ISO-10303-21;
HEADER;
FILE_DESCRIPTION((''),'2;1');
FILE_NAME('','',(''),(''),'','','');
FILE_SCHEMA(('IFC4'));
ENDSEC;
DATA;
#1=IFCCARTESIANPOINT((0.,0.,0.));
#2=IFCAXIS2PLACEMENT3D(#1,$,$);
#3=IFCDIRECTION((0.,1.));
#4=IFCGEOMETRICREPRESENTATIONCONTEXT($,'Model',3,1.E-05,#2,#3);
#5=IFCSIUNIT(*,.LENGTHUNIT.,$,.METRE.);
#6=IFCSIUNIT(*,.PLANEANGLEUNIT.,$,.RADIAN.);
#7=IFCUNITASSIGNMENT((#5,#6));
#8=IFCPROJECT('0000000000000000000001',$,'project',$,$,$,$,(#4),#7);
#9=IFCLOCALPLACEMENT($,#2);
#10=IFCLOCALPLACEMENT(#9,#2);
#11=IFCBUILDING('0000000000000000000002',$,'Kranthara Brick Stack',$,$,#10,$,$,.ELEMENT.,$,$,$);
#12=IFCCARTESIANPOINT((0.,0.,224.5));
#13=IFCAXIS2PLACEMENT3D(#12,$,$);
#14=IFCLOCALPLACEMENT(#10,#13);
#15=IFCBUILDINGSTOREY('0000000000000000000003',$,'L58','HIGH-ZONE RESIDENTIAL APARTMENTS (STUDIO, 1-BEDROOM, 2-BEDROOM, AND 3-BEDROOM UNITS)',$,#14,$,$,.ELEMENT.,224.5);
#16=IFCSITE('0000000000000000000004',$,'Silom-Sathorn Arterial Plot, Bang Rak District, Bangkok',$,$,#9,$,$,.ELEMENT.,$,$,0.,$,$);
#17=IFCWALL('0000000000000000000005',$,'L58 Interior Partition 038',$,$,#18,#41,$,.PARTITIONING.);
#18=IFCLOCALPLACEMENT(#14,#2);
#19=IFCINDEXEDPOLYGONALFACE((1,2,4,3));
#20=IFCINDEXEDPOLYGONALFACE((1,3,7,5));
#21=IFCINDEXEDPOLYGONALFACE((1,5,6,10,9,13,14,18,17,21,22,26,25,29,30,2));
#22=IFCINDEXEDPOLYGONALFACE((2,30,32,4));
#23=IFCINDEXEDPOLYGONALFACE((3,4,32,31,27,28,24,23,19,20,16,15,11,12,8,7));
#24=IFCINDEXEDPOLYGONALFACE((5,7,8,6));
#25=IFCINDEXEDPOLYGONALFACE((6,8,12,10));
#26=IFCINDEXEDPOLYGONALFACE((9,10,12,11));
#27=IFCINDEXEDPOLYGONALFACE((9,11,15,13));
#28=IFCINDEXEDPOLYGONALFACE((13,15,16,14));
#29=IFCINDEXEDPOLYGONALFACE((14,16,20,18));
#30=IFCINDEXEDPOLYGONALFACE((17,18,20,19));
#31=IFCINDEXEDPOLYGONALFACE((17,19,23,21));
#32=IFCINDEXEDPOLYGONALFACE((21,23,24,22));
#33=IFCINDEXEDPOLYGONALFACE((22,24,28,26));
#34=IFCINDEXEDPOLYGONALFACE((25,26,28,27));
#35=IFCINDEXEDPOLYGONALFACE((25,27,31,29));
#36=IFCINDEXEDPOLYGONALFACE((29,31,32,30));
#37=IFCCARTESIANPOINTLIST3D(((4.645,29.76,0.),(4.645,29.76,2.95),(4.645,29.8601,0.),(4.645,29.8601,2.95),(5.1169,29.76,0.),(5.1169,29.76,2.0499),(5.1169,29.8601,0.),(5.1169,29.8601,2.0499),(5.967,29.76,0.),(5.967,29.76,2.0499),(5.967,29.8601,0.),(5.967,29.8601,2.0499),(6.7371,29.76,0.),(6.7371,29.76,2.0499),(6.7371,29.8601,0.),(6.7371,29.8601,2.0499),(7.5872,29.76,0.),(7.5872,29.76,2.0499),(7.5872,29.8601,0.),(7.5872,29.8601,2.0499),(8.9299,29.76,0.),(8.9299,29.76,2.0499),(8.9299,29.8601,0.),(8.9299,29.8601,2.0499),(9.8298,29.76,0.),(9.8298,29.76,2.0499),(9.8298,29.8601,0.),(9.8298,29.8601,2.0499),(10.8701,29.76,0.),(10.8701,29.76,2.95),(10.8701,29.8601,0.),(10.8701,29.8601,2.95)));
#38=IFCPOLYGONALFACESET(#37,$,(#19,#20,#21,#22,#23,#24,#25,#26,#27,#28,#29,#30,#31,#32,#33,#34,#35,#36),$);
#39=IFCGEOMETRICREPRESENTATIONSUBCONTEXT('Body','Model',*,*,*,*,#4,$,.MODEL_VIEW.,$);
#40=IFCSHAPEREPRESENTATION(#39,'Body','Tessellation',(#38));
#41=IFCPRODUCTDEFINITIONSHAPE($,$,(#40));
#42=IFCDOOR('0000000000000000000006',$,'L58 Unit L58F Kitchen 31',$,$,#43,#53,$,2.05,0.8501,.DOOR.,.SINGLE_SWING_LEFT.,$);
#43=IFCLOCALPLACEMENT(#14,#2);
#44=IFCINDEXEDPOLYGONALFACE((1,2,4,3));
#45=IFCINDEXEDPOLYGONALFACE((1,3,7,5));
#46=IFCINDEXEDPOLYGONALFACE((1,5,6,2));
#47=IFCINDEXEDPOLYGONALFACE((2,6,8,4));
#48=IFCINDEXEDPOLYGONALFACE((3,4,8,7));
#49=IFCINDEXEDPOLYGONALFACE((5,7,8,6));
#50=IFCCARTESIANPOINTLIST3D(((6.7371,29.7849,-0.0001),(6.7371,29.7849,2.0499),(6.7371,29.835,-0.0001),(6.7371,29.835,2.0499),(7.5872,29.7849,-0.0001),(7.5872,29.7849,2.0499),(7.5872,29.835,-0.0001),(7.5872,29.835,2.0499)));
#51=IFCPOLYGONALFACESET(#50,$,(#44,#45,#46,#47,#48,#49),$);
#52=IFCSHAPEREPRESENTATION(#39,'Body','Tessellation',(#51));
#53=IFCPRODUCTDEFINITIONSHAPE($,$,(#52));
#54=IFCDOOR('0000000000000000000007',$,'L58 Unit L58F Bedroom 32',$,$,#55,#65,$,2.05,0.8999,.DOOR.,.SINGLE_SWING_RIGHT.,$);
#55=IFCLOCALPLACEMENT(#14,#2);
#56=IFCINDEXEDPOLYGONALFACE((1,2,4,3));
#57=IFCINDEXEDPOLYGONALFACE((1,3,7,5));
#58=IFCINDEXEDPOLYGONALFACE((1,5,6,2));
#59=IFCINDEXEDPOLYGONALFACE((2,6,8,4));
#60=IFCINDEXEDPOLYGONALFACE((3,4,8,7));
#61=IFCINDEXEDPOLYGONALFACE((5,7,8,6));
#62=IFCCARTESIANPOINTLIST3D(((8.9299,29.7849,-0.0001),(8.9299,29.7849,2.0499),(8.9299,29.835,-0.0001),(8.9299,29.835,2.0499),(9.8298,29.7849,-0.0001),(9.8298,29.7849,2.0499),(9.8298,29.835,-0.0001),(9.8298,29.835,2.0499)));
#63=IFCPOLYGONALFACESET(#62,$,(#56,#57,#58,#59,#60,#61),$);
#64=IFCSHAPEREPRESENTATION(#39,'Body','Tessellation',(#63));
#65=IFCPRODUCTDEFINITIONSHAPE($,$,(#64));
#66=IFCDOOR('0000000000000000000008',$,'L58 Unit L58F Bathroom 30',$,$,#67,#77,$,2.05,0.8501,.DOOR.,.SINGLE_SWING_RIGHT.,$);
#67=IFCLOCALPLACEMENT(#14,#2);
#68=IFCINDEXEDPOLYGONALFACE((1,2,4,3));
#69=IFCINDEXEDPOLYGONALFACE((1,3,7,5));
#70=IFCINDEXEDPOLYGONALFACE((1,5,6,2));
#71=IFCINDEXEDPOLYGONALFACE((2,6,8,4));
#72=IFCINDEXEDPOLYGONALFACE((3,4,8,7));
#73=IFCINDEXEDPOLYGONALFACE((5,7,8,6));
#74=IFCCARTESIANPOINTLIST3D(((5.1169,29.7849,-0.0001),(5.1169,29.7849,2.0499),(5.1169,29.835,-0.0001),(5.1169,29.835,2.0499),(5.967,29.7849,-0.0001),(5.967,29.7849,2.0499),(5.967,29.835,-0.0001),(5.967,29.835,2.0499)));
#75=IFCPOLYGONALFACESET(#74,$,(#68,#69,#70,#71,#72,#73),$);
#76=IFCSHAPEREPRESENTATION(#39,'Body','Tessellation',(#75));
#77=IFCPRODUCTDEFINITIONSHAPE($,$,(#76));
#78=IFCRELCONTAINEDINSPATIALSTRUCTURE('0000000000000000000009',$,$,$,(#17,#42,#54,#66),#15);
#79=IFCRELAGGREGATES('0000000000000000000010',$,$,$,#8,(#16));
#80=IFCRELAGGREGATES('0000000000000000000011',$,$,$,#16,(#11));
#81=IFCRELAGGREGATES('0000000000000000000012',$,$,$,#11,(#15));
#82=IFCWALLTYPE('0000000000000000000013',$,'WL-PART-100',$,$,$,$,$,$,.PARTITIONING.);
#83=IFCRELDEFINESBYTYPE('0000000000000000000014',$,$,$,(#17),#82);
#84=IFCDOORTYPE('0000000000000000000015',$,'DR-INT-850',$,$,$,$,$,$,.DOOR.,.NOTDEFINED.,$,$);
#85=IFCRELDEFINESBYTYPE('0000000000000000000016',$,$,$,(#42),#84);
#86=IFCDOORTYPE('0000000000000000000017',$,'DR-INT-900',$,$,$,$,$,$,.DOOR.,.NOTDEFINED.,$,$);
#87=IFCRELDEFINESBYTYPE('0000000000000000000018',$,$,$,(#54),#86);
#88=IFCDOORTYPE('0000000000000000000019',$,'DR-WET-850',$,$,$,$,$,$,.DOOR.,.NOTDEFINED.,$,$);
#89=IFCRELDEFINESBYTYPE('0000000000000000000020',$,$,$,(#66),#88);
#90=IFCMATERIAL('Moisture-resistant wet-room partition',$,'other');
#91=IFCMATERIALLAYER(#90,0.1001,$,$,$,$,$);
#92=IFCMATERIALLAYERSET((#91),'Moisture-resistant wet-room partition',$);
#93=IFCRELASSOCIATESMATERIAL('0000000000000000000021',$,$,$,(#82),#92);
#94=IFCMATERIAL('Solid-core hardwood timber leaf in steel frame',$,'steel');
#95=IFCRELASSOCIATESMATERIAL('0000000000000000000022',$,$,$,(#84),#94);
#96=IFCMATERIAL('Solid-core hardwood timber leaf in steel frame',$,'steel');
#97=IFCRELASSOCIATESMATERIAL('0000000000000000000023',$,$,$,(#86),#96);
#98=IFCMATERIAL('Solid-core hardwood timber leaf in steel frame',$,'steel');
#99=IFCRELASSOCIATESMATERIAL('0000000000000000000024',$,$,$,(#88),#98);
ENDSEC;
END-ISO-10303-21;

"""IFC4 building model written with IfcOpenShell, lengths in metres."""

from ifc_helpers import new_model, si_unit, direction, frame, frame_2d, origin, place, context, subcontext, project, spatial, rectangle, extrude, material, layer, layer_set, type_object, element, fill, save


model = new_model("IFC4")

# Units and contexts
model_context = context("Model", 3, precision=1e-05, world=origin(), true_north=direction((0.0, 1.0)))
body_context = subcontext(model_context, "Body", "Model", "MODEL_VIEW")
ifc_project = project(units=[si_unit("LENGTHUNIT", "METRE"), si_unit("PLANEANGLEUNIT", "RADIAN")], contexts=[model_context])

# Site, building, storey
site_placement = place(None, origin())
site = spatial("IfcSite", under=ifc_project, at=site_placement, Name="Silom-Sathorn Arterial Plot, Bang Rak District, Bangkok", CompositionType="ELEMENT", RefElevation=0.0)
building_placement = place(site_placement, origin())
building = spatial("IfcBuilding", under=site, at=building_placement, Name="Kranthara Brick Stack", CompositionType="ELEMENT")
storey_placement = place(building_placement, frame((0.0, 0.0, 224.5)))
storey = spatial("IfcBuildingStorey", under=building, at=storey_placement, Name="L58", Description="HIGH-ZONE RESIDENTIAL APARTMENTS (STUDIO, 1-BEDROOM, 2-BEDROOM, AND 3-BEDROOM UNITS)", CompositionType="ELEMENT", Elevation=224.5)

# Wall, openings, doors
ifc_material_1 = material(Name="Moisture-resistant wet-room partition", Category="other")
ifc_layer_1 = layer(ifc_material_1, 0.1001)
ifc_layer_set_1 = layer_set([ifc_layer_1], Name="Moisture-resistant wet-room partition")
wall_type_1 = type_object("IfcWallType", Name="WL-PART-100", PredefinedType="PARTITIONING", material=ifc_layer_set_1)
wall_1_placement = place(storey_placement, frame((4.645, 29.8101, 0.0), z_axis=(0.0, 0.0, 1.0), x_axis=(1.0, 0.0, 0.0)))
wall_1 = element("IfcWall", 1, at=wall_1_placement, inside=storey, type_object=wall_type_1, Name="L58 Interior Partition 038", PredefinedType="PARTITIONING", context=body_context, shape_type="SweptSolid", body=[
    extrude(rectangle(XDim=6.2251, YDim=0.1001, at=frame_2d((3.1125, 0.0))), origin(), (0.0, 0.0, 1.0), 2.95),
])
opening_1_placement = place(wall_1_placement, frame((0.4719, 0.0, 0.0)))
opening_1 = element("IfcOpeningElement", 2, at=opening_1_placement, cuts=wall_1, PredefinedType="OPENING", context=body_context, shape_type="SweptSolid", body=[
    extrude(rectangle(XDim=0.8501, YDim=2.05, at=frame_2d((0.425, 1.0249))), frame((0.0, 0.0601, 0.0), z_axis=(0.0, -1.0, 0.0), x_axis=(1.0, 0.0, 0.0)), (0.0, 0.0, 1.0), 0.1201),
])
opening_2_placement = place(wall_1_placement, frame((2.092, 0.0, 0.0)))
opening_2 = element("IfcOpeningElement", 3, at=opening_2_placement, cuts=wall_1, PredefinedType="OPENING", context=body_context, shape_type="SweptSolid", body=[
    extrude(rectangle(XDim=0.8501, YDim=2.05, at=frame_2d((0.425, 1.0249))), frame((0.0, 0.0601, 0.0), z_axis=(0.0, -1.0, 0.0), x_axis=(1.0, 0.0, 0.0)), (0.0, 0.0, 1.0), 0.1201),
])
opening_3_placement = place(wall_1_placement, frame((4.2849, 0.0, 0.0)))
opening_3 = element("IfcOpeningElement", 4, at=opening_3_placement, cuts=wall_1, PredefinedType="OPENING", context=body_context, shape_type="SweptSolid", body=[
    extrude(rectangle(XDim=0.8999, YDim=2.05, at=frame_2d((0.45, 1.0249))), frame((0.0, 0.0601, 0.0), z_axis=(0.0, -1.0, 0.0), x_axis=(1.0, 0.0, 0.0)), (0.0, 0.0, 1.0), 0.1201),
])
ifc_material_2 = material(Name="Solid-core hardwood timber leaf in steel frame", Category="steel")
door_type_1 = type_object("IfcDoorType", Name="DR-INT-850", OperationType="NOTDEFINED", PredefinedType="DOOR", material=ifc_material_2)
door_1_placement = place(opening_2_placement, origin())
door_1 = element("IfcDoor", 5, at=door_1_placement, inside=storey, type_object=door_type_1, Name="L58 Unit L58F Kitchen 31", OperationType="SINGLE_SWING_LEFT", OverallHeight=2.05, OverallWidth=0.8501, PredefinedType="DOOR", context=body_context, shape_type="SweptSolid", body=[
    extrude(rectangle(XDim=0.8501, YDim=2.05, at=frame_2d((0.425, 1.0249))), frame((0.0, 0.0249, 0.0), z_axis=(0.0, -1.0, 0.0), x_axis=(1.0, 0.0, 0.0)), (0.0, 0.0, 1.0), 0.05),
])
fill(opening_2, door_1)
ifc_material_3 = material(Name="Solid-core hardwood timber leaf in steel frame", Category="steel")
door_type_2 = type_object("IfcDoorType", Name="DR-INT-900", OperationType="NOTDEFINED", PredefinedType="DOOR", material=ifc_material_3)
door_2_placement = place(opening_3_placement, origin())
door_2 = element("IfcDoor", 6, at=door_2_placement, inside=storey, type_object=door_type_2, Name="L58 Unit L58F Bedroom 32", OperationType="SINGLE_SWING_RIGHT", OverallHeight=2.05, OverallWidth=0.8999, PredefinedType="DOOR", context=body_context, shape_type="SweptSolid", body=[
    extrude(rectangle(XDim=0.8999, YDim=2.05, at=frame_2d((0.45, 1.0249))), frame((0.0, 0.0249, 0.0), z_axis=(0.0, -1.0, 0.0), x_axis=(1.0, 0.0, 0.0)), (0.0, 0.0, 1.0), 0.05),
])
fill(opening_3, door_2)
ifc_material_4 = material(Name="Solid-core hardwood timber leaf in steel frame", Category="steel")
door_type_3 = type_object("IfcDoorType", Name="DR-WET-850", OperationType="NOTDEFINED", PredefinedType="DOOR", material=ifc_material_4)
door_3_placement = place(opening_1_placement, origin())
door_3 = element("IfcDoor", 7, at=door_3_placement, inside=storey, type_object=door_type_3, Name="L58 Unit L58F Bathroom 30", OperationType="SINGLE_SWING_RIGHT", OverallHeight=2.05, OverallWidth=0.8501, PredefinedType="DOOR", context=body_context, shape_type="SweptSolid", body=[
    extrude(rectangle(XDim=0.8501, YDim=2.05, at=frame_2d((0.425, 1.0249))), frame((0.0, 0.0249, 0.0), z_axis=(0.0, -1.0, 0.0), x_axis=(1.0, 0.0, 0.0)), (0.0, 0.0, 1.0), 0.05),
])
fill(opening_1, door_3)

save(model, "model.ifc")
